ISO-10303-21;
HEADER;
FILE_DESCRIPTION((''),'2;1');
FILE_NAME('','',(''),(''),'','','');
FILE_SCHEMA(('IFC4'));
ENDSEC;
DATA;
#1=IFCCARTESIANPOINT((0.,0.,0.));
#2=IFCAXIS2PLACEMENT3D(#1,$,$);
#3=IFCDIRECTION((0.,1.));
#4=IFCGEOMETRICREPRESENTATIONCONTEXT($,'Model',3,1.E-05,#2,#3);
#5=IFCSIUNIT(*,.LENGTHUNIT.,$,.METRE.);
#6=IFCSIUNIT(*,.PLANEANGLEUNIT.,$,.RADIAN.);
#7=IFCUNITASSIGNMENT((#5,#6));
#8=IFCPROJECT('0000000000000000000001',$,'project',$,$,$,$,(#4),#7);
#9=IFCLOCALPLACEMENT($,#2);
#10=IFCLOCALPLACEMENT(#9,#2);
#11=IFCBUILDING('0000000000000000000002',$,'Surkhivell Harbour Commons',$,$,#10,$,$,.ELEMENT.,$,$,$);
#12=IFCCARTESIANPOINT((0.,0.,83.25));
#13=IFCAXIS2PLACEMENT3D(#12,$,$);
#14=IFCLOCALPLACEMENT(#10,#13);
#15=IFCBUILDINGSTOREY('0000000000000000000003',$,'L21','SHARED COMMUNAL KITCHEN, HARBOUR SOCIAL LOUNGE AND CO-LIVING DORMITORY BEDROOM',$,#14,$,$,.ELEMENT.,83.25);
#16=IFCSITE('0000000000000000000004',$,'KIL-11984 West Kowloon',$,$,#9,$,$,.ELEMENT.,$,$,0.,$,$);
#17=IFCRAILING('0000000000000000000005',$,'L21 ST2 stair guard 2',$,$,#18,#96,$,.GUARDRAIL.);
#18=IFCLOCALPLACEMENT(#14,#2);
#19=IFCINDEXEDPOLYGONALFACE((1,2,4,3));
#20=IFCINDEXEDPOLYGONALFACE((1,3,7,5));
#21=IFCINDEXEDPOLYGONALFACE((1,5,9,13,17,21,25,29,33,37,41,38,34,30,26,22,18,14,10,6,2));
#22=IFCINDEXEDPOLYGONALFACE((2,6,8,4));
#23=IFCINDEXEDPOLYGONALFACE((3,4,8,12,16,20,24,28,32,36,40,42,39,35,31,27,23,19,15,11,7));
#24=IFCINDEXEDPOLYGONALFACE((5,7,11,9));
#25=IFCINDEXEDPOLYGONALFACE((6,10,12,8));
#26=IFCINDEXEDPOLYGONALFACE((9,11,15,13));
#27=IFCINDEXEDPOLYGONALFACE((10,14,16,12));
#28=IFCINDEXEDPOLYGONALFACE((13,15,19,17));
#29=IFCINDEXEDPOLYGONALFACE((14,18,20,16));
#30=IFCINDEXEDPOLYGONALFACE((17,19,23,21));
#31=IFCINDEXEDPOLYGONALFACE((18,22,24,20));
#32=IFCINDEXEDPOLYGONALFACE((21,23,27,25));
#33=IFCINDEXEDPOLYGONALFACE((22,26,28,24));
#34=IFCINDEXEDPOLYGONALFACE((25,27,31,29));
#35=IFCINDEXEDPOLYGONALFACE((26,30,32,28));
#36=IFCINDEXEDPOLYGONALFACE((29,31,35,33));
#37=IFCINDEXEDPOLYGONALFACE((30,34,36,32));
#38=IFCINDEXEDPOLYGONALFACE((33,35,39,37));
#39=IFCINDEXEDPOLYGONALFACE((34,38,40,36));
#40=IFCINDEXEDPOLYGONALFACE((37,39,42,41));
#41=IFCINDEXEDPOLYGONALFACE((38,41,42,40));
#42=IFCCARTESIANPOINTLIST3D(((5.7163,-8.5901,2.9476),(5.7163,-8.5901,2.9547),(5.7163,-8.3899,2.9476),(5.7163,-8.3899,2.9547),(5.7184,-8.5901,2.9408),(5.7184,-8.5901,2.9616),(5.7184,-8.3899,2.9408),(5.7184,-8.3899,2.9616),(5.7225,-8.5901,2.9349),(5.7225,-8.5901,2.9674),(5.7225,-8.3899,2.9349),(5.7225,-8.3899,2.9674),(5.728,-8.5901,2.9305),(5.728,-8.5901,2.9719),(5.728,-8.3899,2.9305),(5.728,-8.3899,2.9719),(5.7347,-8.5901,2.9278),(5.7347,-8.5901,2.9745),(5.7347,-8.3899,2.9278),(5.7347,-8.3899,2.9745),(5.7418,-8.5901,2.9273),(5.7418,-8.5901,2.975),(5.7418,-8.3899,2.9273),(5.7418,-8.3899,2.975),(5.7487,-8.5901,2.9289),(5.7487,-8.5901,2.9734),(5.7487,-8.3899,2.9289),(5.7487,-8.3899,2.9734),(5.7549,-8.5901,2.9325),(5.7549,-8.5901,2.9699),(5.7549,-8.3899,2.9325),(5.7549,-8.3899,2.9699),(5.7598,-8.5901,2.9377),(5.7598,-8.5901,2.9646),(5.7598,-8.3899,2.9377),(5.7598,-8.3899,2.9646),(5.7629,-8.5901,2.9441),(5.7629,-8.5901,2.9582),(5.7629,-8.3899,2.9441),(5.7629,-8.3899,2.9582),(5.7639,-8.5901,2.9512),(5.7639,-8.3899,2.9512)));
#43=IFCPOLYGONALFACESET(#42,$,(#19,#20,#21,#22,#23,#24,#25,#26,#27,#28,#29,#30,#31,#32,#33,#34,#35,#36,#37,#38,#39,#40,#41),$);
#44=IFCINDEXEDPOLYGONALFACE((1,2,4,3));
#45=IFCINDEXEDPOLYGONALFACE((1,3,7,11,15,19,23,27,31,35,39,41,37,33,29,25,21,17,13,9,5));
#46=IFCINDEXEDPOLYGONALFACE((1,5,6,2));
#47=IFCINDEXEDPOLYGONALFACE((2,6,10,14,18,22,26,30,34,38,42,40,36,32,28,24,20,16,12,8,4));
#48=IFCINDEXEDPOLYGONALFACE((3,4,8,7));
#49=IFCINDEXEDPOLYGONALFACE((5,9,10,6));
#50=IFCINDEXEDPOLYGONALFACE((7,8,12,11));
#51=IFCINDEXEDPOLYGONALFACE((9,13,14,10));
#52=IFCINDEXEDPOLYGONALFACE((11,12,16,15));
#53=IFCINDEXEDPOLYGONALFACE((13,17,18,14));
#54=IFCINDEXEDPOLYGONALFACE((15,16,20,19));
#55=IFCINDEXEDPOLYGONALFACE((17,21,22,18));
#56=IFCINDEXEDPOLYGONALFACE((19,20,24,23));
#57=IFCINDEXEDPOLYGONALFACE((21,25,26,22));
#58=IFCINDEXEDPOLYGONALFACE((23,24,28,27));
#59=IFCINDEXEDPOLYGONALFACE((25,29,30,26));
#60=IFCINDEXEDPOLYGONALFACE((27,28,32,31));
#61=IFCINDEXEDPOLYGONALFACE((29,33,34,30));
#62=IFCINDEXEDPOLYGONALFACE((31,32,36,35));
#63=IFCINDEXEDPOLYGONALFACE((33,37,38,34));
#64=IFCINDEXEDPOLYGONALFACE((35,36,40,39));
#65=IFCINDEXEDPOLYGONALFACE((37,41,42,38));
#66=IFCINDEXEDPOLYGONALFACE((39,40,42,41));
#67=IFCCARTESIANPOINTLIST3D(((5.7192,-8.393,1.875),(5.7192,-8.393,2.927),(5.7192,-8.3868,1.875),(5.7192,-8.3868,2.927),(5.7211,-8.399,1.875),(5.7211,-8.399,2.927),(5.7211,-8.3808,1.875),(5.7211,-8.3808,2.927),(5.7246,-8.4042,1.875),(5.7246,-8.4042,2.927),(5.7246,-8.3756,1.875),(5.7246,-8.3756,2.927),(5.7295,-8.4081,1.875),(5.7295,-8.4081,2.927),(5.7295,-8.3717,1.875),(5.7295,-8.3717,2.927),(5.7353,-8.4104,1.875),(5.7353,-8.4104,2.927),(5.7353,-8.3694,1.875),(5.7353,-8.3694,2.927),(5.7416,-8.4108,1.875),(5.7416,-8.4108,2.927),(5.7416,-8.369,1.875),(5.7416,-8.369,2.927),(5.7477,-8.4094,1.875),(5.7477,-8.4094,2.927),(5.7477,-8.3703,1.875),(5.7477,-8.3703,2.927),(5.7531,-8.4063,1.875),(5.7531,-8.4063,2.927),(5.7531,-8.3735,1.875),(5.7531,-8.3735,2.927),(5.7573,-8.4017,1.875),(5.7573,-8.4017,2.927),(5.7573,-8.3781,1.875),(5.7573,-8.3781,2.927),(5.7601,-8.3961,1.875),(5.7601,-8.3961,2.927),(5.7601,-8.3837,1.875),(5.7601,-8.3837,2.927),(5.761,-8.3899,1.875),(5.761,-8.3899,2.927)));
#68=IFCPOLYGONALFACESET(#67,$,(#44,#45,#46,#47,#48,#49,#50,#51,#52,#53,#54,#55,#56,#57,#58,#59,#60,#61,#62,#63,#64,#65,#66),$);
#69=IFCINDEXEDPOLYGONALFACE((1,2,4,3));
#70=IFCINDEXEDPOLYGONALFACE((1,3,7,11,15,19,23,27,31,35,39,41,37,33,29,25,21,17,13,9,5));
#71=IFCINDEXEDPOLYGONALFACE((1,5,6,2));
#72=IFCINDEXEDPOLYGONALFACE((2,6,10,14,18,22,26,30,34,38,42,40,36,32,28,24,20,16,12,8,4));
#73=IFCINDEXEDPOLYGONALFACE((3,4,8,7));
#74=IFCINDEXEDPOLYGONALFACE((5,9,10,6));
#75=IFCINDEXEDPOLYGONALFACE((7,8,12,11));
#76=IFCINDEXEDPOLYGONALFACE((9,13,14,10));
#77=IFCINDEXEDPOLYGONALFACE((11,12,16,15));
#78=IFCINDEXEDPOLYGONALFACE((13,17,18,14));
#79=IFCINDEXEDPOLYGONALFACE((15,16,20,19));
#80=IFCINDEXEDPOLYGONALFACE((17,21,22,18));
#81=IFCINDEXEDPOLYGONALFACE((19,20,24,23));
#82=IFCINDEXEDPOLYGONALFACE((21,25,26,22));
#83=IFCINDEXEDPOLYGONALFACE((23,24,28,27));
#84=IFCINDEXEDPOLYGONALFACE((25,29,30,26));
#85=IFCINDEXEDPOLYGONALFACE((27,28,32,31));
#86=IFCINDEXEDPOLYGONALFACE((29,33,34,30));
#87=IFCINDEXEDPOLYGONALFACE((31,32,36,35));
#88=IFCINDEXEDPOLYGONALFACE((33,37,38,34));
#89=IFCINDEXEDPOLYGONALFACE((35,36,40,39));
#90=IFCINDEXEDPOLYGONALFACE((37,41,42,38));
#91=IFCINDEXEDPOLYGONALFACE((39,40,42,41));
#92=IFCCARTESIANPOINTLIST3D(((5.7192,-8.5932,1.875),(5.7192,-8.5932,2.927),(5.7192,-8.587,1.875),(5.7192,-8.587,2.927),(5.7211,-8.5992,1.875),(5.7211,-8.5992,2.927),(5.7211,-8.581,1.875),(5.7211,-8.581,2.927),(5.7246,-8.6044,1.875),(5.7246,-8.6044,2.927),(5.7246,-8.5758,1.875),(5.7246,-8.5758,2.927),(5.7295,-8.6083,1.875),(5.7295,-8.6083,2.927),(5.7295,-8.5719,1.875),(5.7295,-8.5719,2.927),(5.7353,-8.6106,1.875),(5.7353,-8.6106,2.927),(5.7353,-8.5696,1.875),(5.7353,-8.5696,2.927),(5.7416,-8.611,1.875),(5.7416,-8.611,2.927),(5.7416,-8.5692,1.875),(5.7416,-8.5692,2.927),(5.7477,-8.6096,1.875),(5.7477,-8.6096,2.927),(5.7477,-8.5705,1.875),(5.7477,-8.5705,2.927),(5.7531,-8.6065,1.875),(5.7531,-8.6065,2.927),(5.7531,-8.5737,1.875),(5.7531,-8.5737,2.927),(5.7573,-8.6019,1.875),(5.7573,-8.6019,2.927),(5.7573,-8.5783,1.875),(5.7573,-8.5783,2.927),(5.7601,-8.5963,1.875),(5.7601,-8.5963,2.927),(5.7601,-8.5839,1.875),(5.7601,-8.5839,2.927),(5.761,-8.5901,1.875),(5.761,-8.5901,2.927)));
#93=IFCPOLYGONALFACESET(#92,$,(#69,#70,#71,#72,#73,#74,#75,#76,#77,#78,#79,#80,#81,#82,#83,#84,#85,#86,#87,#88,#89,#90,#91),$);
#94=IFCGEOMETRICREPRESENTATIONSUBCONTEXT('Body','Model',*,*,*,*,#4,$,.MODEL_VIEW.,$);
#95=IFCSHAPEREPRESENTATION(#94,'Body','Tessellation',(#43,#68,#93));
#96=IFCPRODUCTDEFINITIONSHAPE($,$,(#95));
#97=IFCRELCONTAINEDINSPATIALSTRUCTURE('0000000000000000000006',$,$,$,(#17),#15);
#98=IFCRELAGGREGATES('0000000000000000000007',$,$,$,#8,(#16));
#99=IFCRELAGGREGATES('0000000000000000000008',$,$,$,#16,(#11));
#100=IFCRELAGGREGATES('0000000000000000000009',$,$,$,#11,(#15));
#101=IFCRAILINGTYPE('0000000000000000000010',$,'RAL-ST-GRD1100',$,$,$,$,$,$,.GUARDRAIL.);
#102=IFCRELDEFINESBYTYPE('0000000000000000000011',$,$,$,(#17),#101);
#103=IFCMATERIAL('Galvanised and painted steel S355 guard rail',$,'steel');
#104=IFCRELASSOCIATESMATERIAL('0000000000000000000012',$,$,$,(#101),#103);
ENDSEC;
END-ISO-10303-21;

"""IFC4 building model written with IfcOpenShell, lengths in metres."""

from ifc_helpers import new_model, si_unit, direction, frame, origin, origin_2d, place, context, subcontext, project, spatial, circle, extrude, material, type_object, element, save


model = new_model("IFC4")

# Units and contexts
model_context = context("Model", 3, precision=1e-05, world=origin(), true_north=direction((0.0, 1.0)))
body_context = subcontext(model_context, "Body", "Model", "MODEL_VIEW")
ifc_project = project(units=[si_unit("LENGTHUNIT", "METRE"), si_unit("PLANEANGLEUNIT", "RADIAN")], contexts=[model_context])

# Site, building, storey
site_placement = place(None, origin())
site = spatial("IfcSite", under=ifc_project, at=site_placement, Name="KIL-11984 West Kowloon", CompositionType="ELEMENT", RefElevation=0.0)
building_placement = place(site_placement, origin())
building = spatial("IfcBuilding", under=site, at=building_placement, Name="Surkhivell Harbour Commons", CompositionType="ELEMENT")
storey_placement = place(building_placement, frame((0.0, 0.0, 83.25)))
storey = spatial("IfcBuildingStorey", under=building, at=storey_placement, Name="L21", Description="SHARED COMMUNAL KITCHEN, HARBOUR SOCIAL LOUNGE AND CO-LIVING DORMITORY BEDROOM", CompositionType="ELEMENT", Elevation=83.25)

# Railing
ifc_material_1 = material(Name="Galvanised and painted steel S355 guard rail", Category="steel")
railing_type_1 = type_object("IfcRailingType", Name="RAL-ST-GRD1100", PredefinedType="GUARDRAIL", material=ifc_material_1)
railing_1_placement = place(storey_placement, frame((5.74, -8.3899, 1.875)))
element("IfcRailing", 1, at=railing_1_placement, inside=storey, type_object=railing_type_1, Name="L21 ST2 stair guard 2", PredefinedType="GUARDRAIL", context=body_context, shape_type="SweptSolid", body=[
    extrude(circle(Radius=0.0239, at=origin_2d()), frame((0.0, 0.0, 1.0762), z_axis=(0.0, -1.0, 0.0), x_axis=(1.0, 0.0, 0.0)), (0.0, 0.0, 1.0), 0.2002),
    extrude(circle(Radius=0.021, at=origin_2d()), origin(), (0.0, 0.0, 1.0), 1.052),
    extrude(circle(Radius=0.021, at=origin_2d()), frame((0.0, -0.2002, 0.0)), (0.0, 0.0, 1.0), 1.052),
])

save(model, "model.ifc")
